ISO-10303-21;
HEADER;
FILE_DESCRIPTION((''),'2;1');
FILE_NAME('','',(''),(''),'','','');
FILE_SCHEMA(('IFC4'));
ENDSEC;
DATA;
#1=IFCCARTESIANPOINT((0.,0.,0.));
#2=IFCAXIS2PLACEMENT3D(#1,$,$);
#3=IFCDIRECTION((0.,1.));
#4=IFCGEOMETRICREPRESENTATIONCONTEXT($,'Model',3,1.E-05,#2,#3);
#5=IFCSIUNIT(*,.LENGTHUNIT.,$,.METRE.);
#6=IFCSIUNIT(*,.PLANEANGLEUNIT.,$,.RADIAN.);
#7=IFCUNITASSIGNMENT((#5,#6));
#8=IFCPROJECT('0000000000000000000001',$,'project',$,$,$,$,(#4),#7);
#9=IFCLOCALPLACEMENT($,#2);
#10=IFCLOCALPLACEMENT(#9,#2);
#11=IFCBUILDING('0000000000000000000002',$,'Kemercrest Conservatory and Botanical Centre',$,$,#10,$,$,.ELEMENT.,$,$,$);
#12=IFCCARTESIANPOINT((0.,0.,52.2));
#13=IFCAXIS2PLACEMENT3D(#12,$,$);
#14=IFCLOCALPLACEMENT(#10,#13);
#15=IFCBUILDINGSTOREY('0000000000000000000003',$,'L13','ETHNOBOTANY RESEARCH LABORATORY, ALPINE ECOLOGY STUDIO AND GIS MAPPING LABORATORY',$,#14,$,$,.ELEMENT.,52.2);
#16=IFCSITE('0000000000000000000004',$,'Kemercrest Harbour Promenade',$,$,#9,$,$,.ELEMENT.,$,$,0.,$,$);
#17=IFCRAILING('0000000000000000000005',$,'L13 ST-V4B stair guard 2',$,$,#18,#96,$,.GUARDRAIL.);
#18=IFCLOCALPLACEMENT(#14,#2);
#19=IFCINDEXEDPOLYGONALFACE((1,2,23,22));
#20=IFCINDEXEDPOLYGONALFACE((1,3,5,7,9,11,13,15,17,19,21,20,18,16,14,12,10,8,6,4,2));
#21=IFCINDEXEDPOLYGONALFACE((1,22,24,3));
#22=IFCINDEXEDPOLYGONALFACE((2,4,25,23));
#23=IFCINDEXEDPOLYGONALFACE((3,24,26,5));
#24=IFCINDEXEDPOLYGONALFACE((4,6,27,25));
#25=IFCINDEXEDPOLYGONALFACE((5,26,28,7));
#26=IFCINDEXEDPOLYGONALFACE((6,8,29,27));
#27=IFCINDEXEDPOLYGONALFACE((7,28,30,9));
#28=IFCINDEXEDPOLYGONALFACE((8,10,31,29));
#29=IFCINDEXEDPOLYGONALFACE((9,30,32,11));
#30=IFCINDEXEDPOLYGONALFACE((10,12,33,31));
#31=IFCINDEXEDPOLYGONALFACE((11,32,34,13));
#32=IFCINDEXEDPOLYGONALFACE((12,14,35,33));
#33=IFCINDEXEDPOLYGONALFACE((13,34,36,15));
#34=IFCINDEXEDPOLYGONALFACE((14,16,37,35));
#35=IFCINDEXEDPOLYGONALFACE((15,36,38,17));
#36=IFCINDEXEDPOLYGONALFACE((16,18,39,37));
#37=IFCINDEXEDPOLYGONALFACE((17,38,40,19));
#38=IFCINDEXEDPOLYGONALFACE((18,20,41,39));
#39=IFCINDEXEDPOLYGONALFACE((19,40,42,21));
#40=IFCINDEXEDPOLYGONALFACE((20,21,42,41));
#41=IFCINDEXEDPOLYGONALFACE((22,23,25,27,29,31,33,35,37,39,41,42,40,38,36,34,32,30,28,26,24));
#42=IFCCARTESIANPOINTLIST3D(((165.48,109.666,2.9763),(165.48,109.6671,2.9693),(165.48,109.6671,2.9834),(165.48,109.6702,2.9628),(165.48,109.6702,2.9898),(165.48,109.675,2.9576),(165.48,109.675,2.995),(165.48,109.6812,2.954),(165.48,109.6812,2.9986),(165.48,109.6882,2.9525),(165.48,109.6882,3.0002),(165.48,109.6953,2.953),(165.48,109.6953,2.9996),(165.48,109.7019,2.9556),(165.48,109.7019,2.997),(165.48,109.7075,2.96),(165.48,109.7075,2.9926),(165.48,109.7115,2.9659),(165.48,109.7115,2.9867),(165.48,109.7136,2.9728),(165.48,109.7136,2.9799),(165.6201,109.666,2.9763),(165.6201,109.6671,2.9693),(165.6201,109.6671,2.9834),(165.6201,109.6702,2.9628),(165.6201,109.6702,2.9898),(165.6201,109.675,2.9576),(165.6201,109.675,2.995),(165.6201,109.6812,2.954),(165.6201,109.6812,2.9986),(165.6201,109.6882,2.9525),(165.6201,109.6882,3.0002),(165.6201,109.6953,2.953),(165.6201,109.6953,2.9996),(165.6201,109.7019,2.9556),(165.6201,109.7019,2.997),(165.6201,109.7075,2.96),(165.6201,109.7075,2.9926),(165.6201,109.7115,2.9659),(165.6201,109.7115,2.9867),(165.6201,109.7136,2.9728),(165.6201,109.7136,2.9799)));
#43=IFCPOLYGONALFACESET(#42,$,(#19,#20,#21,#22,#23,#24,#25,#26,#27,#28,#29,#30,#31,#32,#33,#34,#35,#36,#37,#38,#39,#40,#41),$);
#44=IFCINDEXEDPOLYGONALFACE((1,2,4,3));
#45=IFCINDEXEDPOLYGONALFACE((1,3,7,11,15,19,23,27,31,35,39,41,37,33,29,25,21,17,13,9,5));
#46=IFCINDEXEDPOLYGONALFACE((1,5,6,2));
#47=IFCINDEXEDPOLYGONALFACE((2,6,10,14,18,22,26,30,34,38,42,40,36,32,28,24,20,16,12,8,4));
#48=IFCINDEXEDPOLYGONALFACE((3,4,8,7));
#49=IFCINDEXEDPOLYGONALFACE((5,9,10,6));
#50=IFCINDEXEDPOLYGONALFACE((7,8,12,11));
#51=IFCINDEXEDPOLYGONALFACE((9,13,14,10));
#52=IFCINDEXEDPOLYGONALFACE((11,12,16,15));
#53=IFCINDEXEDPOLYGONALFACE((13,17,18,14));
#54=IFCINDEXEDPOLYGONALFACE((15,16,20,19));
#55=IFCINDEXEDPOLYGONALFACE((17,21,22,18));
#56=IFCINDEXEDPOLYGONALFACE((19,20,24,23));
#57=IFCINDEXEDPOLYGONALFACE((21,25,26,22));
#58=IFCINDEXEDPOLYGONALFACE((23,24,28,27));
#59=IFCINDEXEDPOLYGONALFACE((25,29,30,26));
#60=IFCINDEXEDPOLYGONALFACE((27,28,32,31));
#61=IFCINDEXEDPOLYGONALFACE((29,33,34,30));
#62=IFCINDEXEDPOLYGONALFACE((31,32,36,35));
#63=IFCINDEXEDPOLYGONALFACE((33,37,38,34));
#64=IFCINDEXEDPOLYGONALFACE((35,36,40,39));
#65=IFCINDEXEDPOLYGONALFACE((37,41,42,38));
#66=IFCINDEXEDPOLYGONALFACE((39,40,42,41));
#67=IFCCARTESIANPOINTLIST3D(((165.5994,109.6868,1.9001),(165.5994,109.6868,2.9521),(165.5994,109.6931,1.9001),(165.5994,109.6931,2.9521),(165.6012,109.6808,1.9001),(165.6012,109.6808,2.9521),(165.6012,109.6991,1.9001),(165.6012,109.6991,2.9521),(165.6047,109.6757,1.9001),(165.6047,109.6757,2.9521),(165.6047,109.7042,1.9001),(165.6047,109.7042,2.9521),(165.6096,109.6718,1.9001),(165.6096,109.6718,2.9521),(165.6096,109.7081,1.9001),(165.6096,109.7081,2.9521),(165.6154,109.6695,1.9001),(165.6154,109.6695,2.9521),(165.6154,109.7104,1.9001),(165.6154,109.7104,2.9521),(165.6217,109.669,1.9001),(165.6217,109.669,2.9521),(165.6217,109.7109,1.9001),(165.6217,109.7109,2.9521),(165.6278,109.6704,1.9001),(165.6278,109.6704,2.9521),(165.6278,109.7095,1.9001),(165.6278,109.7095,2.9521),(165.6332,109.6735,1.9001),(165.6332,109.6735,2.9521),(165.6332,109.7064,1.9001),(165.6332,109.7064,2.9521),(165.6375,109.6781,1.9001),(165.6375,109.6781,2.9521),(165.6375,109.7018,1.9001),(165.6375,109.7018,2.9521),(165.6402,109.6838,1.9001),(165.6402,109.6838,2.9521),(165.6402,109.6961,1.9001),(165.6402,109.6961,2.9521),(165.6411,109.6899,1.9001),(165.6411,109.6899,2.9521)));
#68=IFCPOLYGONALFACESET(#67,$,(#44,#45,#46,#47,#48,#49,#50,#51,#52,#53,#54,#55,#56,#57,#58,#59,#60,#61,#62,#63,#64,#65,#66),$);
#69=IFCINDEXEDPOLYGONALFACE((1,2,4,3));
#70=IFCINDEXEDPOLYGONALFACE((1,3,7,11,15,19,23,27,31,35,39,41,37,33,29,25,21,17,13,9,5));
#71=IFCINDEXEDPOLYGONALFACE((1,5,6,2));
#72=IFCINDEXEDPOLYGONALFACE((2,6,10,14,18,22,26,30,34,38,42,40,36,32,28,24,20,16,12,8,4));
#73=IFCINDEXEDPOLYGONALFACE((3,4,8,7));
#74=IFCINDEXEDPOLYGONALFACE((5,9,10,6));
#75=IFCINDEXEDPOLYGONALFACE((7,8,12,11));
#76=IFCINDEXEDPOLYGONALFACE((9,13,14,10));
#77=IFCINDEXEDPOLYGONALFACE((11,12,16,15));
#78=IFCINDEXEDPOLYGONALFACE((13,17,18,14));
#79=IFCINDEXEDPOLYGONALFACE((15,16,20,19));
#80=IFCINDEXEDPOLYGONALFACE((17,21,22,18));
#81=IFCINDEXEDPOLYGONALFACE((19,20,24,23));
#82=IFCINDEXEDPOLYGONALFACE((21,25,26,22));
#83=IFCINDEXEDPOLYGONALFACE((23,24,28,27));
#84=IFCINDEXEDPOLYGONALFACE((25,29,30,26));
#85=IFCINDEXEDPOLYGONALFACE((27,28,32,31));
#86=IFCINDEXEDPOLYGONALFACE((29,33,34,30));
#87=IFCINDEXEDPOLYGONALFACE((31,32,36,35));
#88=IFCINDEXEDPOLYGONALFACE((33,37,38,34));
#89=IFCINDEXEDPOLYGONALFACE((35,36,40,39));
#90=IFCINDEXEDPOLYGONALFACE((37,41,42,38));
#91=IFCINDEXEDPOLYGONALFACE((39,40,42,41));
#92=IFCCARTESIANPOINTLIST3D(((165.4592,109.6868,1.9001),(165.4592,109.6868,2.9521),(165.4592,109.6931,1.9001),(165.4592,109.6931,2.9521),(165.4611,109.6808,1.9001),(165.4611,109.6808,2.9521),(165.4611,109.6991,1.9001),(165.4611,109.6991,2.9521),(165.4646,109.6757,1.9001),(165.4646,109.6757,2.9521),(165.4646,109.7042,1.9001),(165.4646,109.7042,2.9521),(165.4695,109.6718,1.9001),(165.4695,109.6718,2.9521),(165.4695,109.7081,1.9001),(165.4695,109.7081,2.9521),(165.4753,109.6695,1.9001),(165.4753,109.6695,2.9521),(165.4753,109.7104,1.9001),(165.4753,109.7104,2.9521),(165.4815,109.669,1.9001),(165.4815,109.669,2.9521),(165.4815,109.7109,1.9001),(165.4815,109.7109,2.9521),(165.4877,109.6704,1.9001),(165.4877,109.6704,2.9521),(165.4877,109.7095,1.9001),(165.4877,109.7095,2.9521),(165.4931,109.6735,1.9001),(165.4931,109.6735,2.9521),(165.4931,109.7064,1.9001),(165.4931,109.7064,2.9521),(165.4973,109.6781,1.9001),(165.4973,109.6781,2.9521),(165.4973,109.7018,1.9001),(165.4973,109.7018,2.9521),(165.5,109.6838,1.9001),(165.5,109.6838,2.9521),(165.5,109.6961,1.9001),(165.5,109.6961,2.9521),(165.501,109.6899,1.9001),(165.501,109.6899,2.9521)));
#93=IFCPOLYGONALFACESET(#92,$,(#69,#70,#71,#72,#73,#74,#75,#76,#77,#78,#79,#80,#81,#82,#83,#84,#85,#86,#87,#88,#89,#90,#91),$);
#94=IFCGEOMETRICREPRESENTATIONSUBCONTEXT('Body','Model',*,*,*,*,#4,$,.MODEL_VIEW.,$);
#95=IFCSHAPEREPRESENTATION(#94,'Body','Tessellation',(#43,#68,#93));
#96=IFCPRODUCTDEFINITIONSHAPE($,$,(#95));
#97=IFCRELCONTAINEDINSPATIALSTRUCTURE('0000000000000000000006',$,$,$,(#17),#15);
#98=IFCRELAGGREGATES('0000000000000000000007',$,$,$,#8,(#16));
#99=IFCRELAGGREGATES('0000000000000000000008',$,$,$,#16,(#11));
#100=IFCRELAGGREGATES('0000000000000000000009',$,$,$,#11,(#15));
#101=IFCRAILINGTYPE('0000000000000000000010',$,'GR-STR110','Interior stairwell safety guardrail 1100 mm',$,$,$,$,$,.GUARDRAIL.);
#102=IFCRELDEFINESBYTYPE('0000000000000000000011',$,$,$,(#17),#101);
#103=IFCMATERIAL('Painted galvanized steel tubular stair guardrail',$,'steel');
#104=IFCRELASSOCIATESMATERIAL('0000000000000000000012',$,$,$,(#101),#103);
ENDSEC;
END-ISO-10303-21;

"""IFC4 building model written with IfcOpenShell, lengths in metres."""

from ifc_helpers import new_model, si_unit, direction, frame, origin, origin_2d, place, context, subcontext, project, spatial, circle, extrude, material, type_object, element, save


model = new_model("IFC4")

# Units and contexts
model_context = context("Model", 3, precision=1e-05, world=origin(), true_north=direction((0.0, 1.0)))
body_context = subcontext(model_context, "Body", "Model", "MODEL_VIEW")
ifc_project = project(units=[si_unit("LENGTHUNIT", "METRE"), si_unit("PLANEANGLEUNIT", "RADIAN")], contexts=[model_context])

# Site, building, storey
site_placement = place(None, origin())
site = spatial("IfcSite", under=ifc_project, at=site_placement, Name="Kemercrest Harbour Promenade", CompositionType="ELEMENT", RefElevation=0.0)
building_placement = place(site_placement, origin())
building = spatial("IfcBuilding", under=site, at=building_placement, Name="Kemercrest Conservatory and Botanical Centre", CompositionType="ELEMENT")
storey_placement = place(building_placement, frame((0.0, 0.0, 52.2)))
storey = spatial("IfcBuildingStorey", under=building, at=storey_placement, Name="L13", Description="ETHNOBOTANY RESEARCH LABORATORY, ALPINE ECOLOGY STUDIO AND GIS MAPPING LABORATORY", CompositionType="ELEMENT", Elevation=52.2)

# Railing
ifc_material_1 = material(Name="Painted galvanized steel tubular stair guardrail", Category="steel")
railing_type_1 = type_object("IfcRailingType", Name="GR-STR110", Description="Interior stairwell safety guardrail 1100 mm", PredefinedType="GUARDRAIL", material=ifc_material_1)
railing_1_placement = place(storey_placement, frame((165.6201, 109.6899, 1.9001)))
element("IfcRailing", 1, at=railing_1_placement, inside=storey, type_object=railing_type_1, Name="L13 ST-V4B stair guard 2", PredefinedType="GUARDRAIL", context=body_context, shape_type="SweptSolid", body=[
    extrude(circle(Radius=0.0239, at=origin_2d()), frame((0.0, 0.0, 1.0762), z_axis=(-1.0, 0.0, 0.0), x_axis=(0.0, -1.0, 0.0)), (0.0, 0.0, 1.0), 0.1401),
    extrude(circle(Radius=0.021, at=origin_2d()), origin(), (0.0, 0.0, 1.0), 1.052),
    extrude(circle(Radius=0.021, at=origin_2d()), frame((-0.1401, 0.0, 0.0)), (0.0, 0.0, 1.0), 1.052),
])

save(model, "model.ifc")
